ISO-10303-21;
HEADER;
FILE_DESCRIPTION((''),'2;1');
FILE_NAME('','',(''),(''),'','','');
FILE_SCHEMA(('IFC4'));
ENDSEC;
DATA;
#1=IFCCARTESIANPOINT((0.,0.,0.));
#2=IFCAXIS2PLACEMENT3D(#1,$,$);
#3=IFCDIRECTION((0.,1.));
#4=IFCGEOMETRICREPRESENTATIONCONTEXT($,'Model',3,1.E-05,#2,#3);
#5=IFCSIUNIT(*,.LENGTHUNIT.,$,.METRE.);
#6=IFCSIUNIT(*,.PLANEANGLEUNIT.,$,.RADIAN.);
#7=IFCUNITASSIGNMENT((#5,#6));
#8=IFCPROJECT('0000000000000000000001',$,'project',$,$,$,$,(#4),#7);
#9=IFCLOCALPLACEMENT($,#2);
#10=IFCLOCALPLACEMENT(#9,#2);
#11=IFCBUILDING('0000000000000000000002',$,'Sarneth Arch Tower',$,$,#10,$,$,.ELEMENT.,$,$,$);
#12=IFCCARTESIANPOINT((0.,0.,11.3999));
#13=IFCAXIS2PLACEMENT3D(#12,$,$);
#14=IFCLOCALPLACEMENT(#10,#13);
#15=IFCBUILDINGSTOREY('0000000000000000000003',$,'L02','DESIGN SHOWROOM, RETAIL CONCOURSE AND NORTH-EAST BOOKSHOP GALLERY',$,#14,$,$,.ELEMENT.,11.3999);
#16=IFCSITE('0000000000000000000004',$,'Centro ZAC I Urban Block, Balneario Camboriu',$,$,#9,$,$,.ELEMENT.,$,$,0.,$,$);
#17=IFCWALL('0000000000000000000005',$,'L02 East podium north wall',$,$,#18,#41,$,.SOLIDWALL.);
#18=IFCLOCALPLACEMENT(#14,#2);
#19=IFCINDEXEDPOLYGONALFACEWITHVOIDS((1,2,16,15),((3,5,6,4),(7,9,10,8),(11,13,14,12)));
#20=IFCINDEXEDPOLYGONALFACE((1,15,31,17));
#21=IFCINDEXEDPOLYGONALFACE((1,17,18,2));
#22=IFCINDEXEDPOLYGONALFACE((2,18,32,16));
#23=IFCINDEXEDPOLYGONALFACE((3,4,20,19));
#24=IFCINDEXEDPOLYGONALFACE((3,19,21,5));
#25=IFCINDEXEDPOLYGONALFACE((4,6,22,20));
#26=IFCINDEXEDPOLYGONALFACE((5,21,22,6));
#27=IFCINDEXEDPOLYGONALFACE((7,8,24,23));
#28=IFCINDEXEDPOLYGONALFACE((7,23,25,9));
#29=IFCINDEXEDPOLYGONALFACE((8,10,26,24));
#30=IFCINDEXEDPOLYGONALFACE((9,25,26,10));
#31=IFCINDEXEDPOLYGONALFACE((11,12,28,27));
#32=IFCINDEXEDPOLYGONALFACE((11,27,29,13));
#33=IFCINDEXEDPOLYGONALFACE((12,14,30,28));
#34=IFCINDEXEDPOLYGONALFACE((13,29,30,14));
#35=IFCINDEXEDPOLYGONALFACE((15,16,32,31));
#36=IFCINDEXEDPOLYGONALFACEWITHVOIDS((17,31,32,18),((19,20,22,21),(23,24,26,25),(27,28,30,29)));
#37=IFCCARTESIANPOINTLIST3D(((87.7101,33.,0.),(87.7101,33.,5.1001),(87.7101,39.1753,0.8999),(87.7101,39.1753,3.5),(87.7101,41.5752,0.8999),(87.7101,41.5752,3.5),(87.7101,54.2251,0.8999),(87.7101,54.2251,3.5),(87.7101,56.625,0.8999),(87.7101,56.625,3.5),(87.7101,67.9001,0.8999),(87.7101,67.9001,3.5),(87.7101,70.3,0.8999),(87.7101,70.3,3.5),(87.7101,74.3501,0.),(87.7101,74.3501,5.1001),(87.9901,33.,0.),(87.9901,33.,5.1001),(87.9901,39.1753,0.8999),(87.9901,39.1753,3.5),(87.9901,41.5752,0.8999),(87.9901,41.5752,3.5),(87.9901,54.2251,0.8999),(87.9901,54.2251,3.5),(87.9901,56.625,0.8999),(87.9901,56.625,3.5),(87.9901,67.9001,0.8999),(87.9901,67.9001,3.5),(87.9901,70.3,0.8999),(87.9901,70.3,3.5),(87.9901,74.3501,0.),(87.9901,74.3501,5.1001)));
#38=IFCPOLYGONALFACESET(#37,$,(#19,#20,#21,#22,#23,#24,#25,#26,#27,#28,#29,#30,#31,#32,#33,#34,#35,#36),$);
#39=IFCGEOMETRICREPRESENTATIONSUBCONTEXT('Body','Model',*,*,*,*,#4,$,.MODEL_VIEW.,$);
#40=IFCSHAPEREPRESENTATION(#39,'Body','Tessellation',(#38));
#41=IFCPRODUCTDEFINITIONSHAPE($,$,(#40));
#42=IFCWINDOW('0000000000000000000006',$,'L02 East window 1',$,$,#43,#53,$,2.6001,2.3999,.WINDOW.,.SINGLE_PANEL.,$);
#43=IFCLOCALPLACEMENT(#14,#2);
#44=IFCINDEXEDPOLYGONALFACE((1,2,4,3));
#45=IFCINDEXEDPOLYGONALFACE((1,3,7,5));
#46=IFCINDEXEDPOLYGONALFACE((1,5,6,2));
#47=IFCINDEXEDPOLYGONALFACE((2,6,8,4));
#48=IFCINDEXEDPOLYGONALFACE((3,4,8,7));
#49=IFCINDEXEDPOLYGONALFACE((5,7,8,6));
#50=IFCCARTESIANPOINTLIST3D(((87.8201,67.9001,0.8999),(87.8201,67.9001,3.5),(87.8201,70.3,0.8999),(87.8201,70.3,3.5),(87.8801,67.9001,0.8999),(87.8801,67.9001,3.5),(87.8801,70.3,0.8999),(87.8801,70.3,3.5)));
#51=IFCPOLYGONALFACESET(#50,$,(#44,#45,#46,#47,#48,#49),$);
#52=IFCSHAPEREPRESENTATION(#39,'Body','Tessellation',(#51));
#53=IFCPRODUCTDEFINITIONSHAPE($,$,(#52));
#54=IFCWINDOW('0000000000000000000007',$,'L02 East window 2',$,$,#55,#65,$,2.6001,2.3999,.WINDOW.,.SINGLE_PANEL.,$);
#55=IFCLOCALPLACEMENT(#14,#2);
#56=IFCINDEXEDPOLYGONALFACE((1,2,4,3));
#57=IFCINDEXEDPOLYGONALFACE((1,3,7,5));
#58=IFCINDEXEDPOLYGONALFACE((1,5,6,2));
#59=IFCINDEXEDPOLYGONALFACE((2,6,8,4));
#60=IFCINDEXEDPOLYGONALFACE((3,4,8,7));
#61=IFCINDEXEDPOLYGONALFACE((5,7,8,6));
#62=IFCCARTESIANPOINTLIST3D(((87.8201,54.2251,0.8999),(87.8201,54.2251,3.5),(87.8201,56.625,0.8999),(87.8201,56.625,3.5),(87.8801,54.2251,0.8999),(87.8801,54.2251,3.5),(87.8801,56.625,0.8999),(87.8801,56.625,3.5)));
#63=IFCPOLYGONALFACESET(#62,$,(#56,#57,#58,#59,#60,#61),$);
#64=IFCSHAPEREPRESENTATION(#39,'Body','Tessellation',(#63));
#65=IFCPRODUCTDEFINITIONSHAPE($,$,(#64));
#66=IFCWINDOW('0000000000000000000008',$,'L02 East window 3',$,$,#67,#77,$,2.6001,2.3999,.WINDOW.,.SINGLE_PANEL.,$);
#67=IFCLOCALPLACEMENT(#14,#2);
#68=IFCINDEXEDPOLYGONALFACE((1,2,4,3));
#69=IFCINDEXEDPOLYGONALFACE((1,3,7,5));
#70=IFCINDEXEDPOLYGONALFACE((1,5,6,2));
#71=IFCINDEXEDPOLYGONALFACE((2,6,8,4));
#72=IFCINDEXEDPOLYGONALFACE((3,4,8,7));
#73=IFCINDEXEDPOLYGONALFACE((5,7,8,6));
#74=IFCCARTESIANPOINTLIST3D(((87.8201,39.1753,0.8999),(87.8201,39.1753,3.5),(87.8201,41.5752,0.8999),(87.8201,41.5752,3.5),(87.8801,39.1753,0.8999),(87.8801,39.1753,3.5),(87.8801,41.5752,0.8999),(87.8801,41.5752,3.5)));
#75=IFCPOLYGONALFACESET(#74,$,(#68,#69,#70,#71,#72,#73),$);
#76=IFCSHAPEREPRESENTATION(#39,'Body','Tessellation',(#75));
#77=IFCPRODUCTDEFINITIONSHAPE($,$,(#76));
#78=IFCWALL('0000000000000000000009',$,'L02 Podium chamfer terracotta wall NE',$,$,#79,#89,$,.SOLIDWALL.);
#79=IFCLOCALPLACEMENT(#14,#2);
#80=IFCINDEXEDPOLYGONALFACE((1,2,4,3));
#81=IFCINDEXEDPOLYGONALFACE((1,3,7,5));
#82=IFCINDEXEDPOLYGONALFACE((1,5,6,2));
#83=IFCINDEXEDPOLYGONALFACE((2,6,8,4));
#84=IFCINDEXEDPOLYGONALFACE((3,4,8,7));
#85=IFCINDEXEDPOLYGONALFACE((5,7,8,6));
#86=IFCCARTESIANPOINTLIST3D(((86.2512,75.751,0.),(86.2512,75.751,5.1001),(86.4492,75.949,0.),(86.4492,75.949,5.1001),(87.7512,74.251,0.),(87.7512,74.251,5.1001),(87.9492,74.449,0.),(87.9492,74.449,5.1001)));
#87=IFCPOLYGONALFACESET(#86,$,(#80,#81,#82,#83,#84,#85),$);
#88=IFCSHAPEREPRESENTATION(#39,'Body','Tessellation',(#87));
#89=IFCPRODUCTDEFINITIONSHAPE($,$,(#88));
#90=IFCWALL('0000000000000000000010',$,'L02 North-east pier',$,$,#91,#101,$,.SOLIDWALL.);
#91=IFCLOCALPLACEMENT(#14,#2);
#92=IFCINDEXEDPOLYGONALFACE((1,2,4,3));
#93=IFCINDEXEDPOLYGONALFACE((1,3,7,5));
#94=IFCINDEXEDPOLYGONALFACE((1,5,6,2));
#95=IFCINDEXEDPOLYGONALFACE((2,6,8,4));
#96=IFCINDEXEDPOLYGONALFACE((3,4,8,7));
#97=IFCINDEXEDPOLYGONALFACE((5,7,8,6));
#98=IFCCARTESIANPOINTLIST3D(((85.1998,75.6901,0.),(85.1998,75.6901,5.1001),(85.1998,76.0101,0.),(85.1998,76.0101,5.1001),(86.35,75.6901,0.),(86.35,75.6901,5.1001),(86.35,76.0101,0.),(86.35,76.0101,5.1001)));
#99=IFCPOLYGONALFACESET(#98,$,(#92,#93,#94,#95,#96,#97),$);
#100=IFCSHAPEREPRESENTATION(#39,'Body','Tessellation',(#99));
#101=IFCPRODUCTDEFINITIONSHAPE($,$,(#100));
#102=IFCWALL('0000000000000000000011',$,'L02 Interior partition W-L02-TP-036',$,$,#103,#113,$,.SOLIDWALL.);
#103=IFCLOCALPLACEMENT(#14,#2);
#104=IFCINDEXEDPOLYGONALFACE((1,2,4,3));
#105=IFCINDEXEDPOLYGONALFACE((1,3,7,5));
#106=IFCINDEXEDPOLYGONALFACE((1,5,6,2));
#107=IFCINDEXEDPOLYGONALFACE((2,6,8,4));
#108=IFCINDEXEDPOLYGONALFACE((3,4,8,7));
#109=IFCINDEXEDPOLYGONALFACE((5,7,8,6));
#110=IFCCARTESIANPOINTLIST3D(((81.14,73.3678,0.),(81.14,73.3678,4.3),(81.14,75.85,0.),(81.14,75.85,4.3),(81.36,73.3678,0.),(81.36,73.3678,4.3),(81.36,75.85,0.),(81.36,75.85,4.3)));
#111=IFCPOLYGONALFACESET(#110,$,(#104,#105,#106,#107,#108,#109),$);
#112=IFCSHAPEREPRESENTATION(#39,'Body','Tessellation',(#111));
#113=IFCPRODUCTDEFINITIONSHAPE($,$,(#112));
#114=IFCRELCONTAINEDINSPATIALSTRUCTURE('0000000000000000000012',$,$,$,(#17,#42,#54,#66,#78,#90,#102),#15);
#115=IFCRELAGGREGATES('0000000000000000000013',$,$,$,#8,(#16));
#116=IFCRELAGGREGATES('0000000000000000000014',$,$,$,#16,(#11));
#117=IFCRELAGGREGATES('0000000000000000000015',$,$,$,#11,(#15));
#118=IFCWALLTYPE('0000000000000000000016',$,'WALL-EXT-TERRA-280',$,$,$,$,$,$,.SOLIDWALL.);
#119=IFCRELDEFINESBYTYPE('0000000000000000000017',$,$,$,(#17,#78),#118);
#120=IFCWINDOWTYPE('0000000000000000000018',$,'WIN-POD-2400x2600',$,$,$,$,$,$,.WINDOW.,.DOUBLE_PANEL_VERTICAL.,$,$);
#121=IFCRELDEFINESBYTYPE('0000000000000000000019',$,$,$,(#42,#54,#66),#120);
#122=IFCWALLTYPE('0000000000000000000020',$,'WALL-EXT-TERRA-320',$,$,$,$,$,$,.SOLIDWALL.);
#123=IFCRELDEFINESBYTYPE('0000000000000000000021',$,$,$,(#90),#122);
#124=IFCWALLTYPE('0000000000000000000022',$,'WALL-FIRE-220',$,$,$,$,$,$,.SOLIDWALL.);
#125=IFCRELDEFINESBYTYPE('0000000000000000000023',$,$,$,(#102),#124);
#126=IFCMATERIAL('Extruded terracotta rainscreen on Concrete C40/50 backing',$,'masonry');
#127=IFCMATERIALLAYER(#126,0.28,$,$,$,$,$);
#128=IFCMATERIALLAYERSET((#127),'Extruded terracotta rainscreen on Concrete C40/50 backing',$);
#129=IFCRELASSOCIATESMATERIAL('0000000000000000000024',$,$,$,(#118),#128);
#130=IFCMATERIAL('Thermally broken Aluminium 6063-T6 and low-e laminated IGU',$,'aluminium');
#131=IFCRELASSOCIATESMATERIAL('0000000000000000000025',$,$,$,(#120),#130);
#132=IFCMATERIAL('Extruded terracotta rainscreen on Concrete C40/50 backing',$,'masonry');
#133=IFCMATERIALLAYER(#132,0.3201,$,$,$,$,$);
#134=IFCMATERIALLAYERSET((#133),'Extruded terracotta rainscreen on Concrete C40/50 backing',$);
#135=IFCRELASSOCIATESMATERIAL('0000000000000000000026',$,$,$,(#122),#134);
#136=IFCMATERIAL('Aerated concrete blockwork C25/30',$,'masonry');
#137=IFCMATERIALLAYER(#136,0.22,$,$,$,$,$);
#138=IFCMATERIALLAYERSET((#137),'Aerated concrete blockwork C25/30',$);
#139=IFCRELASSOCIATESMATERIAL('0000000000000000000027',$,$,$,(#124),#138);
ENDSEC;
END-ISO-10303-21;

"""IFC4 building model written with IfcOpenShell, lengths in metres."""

from ifc_helpers import new_model, si_unit, direction, frame, frame_2d, origin, place, context, subcontext, project, spatial, rectangle, extrude, material, layer, layer_set, type_object, element, fill, save


model = new_model("IFC4")

# Units and contexts
model_context = context("Model", 3, precision=1e-05, world=origin(), true_north=direction((0.0, 1.0)))
body_context = subcontext(model_context, "Body", "Model", "MODEL_VIEW")
ifc_project = project(units=[si_unit("LENGTHUNIT", "METRE"), si_unit("PLANEANGLEUNIT", "RADIAN")], contexts=[model_context])

# Site, building, storey
site_placement = place(None, origin())
site = spatial("IfcSite", under=ifc_project, at=site_placement, Name="Centro ZAC I Urban Block, Balneario Camboriu", CompositionType="ELEMENT", RefElevation=0.0)
building_placement = place(site_placement, origin())
building = spatial("IfcBuilding", under=site, at=building_placement, Name="Sarneth Arch Tower", CompositionType="ELEMENT")
storey_placement = place(building_placement, frame((0.0, 0.0, 11.3999)))
storey = spatial("IfcBuildingStorey", under=building, at=storey_placement, Name="L02", Description="DESIGN SHOWROOM, RETAIL CONCOURSE AND NORTH-EAST BOOKSHOP GALLERY", CompositionType="ELEMENT", Elevation=11.3999)

# Wall, openings, windows
ifc_material_1 = material(Name="Extruded terracotta rainscreen on Concrete C40/50 backing", Category="masonry")
ifc_layer_1 = layer(ifc_material_1, 0.28)
ifc_layer_set_1 = layer_set([ifc_layer_1], Name="Extruded terracotta rainscreen on Concrete C40/50 backing")
wall_type_1 = type_object("IfcWallType", Name="WALL-EXT-TERRA-280", PredefinedType="SOLIDWALL", material=ifc_layer_set_1)
wall_1_placement = place(storey_placement, frame((87.8501, 74.3501, 0.0), z_axis=(0.0, 0.0, 1.0), x_axis=(0.0, -1.0, 0.0)))
wall_1 = element("IfcWall", 1, at=wall_1_placement, inside=storey, type_object=wall_type_1, Name="L02 East podium north wall", PredefinedType="SOLIDWALL", context=body_context, shape_type="SweptSolid", body=[
    extrude(rectangle(XDim=41.3501, YDim=0.28, at=frame_2d((20.675, 0.0))), origin(), (0.0, 0.0, 1.0), 5.1001),
])
opening_1_placement = place(wall_1_placement, frame((4.05, 0.0, 0.8999)))
opening_1 = element("IfcOpeningElement", 2, at=opening_1_placement, cuts=wall_1, PredefinedType="OPENING", context=body_context, shape_type="SweptSolid", body=[
    extrude(rectangle(XDim=2.3999, YDim=2.6001, at=frame_2d((1.2, 1.3))), frame((0.0, 0.1499, 0.0), z_axis=(0.0, -1.0, 0.0), x_axis=(1.0, 0.0, 0.0)), (0.0, 0.0, 1.0), 0.3),
])
opening_2_placement = place(wall_1_placement, frame((17.7251, 0.0, 0.8999)))
opening_2 = element("IfcOpeningElement", 3, at=opening_2_placement, cuts=wall_1, PredefinedType="OPENING", context=body_context, shape_type="SweptSolid", body=[
    extrude(rectangle(XDim=2.3999, YDim=2.6001, at=frame_2d((1.2, 1.3))), frame((0.0, 0.1499, 0.0), z_axis=(0.0, -1.0, 0.0), x_axis=(1.0, 0.0, 0.0)), (0.0, 0.0, 1.0), 0.3),
])
opening_3_placement = place(wall_1_placement, frame((32.7749, 0.0, 0.8999)))
opening_3 = element("IfcOpeningElement", 4, at=opening_3_placement, cuts=wall_1, PredefinedType="OPENING", context=body_context, shape_type="SweptSolid", body=[
    extrude(rectangle(XDim=2.3999, YDim=2.6001, at=frame_2d((1.2, 1.3))), frame((0.0, 0.1499, 0.0), z_axis=(0.0, -1.0, 0.0), x_axis=(1.0, 0.0, 0.0)), (0.0, 0.0, 1.0), 0.3),
])
ifc_material_2 = material(Name="Thermally broken Aluminium 6063-T6 and low-e laminated IGU", Category="aluminium")
window_type = type_object("IfcWindowType", Name="WIN-POD-2400x2600", PartitioningType="DOUBLE_PANEL_VERTICAL", PredefinedType="WINDOW", material=ifc_material_2)
window_1_placement = place(opening_1_placement, origin())
window_1 = element("IfcWindow", 5, at=window_1_placement, inside=storey, type_object=window_type, Name="L02 East window 1", OverallHeight=2.6001, OverallWidth=2.3999, PartitioningType="SINGLE_PANEL", PredefinedType="WINDOW", context=body_context, shape_type="SweptSolid", body=[
    extrude(rectangle(XDim=2.3999, YDim=2.6001, at=frame_2d((1.2, 1.3))), frame((0.0, 0.03, 0.0), z_axis=(0.0, -1.0, 0.0), x_axis=(1.0, 0.0, 0.0)), (0.0, 0.0, 1.0), 0.0601),
])
fill(opening_1, window_1)
window_2_placement = place(opening_2_placement, origin())
window_2 = element("IfcWindow", 6, at=window_2_placement, inside=storey, type_object=window_type, Name="L02 East window 2", OverallHeight=2.6001, OverallWidth=2.3999, PartitioningType="SINGLE_PANEL", PredefinedType="WINDOW", context=body_context, shape_type="SweptSolid", body=[
    extrude(rectangle(XDim=2.3999, YDim=2.6001, at=frame_2d((1.2, 1.3))), frame((0.0, 0.03, 0.0), z_axis=(0.0, -1.0, 0.0), x_axis=(1.0, 0.0, 0.0)), (0.0, 0.0, 1.0), 0.0601),
])
fill(opening_2, window_2)
window_3_placement = place(opening_3_placement, origin())
window_3 = element("IfcWindow", 7, at=window_3_placement, inside=storey, type_object=window_type, Name="L02 East window 3", OverallHeight=2.6001, OverallWidth=2.3999, PartitioningType="SINGLE_PANEL", PredefinedType="WINDOW", context=body_context, shape_type="SweptSolid", body=[
    extrude(rectangle(XDim=2.3999, YDim=2.6001, at=frame_2d((1.2, 1.3))), frame((0.0, 0.03, 0.0), z_axis=(0.0, -1.0, 0.0), x_axis=(1.0, 0.0, 0.0)), (0.0, 0.0, 1.0), 0.0601),
])
fill(opening_3, window_3)

# Walls
wall_2_placement = place(storey_placement, frame((87.8501, 74.3501, 0.0), z_axis=(0.0, 0.0, 1.0), x_axis=(-0.707107, 0.707107, 0.0)))
element("IfcWall", 8, at=wall_2_placement, inside=storey, type_object=wall_type_1, Name="L02 Podium chamfer terracotta wall NE", PredefinedType="SOLIDWALL", context=body_context, shape_type="SweptSolid", body=[
    extrude(rectangle(XDim=2.1213, YDim=0.28, at=frame_2d((1.0605, 0.0))), origin(), (0.0, 0.0, 1.0), 5.1001),
])
ifc_material_3 = material(Name="Extruded terracotta rainscreen on Concrete C40/50 backing", Category="masonry")
ifc_layer_2 = layer(ifc_material_3, 0.3201)
ifc_layer_set_2 = layer_set([ifc_layer_2], Name="Extruded terracotta rainscreen on Concrete C40/50 backing")
wall_type_2 = type_object("IfcWallType", Name="WALL-EXT-TERRA-320", PredefinedType="SOLIDWALL", material=ifc_layer_set_2)
wall_3_placement = place(storey_placement, frame((86.3501, 75.8501, 0.0), z_axis=(0.0, 0.0, 1.0), x_axis=(-1.0, 0.0, 0.0)))
element("IfcWall", 9, at=wall_3_placement, inside=storey, type_object=wall_type_2, Name="L02 North-east pier", PredefinedType="SOLIDWALL", context=body_context, shape_type="SweptSolid", body=[
    extrude(rectangle(XDim=1.1501, YDim=0.3201, at=frame_2d((0.5752, 0.0))), origin(), (0.0, 0.0, 1.0), 5.1001),
])
ifc_material_4 = material(Name="Aerated concrete blockwork C25/30", Category="masonry")
ifc_layer_3 = layer(ifc_material_4, 0.22)
ifc_layer_set_3 = layer_set([ifc_layer_3], Name="Aerated concrete blockwork C25/30")
wall_type_3 = type_object("IfcWallType", Name="WALL-FIRE-220", PredefinedType="SOLIDWALL", material=ifc_layer_set_3)
wall_4_placement = place(storey_placement, frame((81.25, 75.8501, 0.0), z_axis=(0.0, 0.0, 1.0), x_axis=(0.0, -1.0, 0.0)))
element("IfcWall", 10, at=wall_4_placement, inside=storey, type_object=wall_type_3, Name="L02 Interior partition W-L02-TP-036", PredefinedType="SOLIDWALL", context=body_context, shape_type="SweptSolid", body=[
    extrude(rectangle(XDim=2.4822, YDim=0.22, at=frame_2d((1.2412, 0.0))), origin(), (0.0, 0.0, 1.0), 4.3),
])

save(model, "model.ifc")
